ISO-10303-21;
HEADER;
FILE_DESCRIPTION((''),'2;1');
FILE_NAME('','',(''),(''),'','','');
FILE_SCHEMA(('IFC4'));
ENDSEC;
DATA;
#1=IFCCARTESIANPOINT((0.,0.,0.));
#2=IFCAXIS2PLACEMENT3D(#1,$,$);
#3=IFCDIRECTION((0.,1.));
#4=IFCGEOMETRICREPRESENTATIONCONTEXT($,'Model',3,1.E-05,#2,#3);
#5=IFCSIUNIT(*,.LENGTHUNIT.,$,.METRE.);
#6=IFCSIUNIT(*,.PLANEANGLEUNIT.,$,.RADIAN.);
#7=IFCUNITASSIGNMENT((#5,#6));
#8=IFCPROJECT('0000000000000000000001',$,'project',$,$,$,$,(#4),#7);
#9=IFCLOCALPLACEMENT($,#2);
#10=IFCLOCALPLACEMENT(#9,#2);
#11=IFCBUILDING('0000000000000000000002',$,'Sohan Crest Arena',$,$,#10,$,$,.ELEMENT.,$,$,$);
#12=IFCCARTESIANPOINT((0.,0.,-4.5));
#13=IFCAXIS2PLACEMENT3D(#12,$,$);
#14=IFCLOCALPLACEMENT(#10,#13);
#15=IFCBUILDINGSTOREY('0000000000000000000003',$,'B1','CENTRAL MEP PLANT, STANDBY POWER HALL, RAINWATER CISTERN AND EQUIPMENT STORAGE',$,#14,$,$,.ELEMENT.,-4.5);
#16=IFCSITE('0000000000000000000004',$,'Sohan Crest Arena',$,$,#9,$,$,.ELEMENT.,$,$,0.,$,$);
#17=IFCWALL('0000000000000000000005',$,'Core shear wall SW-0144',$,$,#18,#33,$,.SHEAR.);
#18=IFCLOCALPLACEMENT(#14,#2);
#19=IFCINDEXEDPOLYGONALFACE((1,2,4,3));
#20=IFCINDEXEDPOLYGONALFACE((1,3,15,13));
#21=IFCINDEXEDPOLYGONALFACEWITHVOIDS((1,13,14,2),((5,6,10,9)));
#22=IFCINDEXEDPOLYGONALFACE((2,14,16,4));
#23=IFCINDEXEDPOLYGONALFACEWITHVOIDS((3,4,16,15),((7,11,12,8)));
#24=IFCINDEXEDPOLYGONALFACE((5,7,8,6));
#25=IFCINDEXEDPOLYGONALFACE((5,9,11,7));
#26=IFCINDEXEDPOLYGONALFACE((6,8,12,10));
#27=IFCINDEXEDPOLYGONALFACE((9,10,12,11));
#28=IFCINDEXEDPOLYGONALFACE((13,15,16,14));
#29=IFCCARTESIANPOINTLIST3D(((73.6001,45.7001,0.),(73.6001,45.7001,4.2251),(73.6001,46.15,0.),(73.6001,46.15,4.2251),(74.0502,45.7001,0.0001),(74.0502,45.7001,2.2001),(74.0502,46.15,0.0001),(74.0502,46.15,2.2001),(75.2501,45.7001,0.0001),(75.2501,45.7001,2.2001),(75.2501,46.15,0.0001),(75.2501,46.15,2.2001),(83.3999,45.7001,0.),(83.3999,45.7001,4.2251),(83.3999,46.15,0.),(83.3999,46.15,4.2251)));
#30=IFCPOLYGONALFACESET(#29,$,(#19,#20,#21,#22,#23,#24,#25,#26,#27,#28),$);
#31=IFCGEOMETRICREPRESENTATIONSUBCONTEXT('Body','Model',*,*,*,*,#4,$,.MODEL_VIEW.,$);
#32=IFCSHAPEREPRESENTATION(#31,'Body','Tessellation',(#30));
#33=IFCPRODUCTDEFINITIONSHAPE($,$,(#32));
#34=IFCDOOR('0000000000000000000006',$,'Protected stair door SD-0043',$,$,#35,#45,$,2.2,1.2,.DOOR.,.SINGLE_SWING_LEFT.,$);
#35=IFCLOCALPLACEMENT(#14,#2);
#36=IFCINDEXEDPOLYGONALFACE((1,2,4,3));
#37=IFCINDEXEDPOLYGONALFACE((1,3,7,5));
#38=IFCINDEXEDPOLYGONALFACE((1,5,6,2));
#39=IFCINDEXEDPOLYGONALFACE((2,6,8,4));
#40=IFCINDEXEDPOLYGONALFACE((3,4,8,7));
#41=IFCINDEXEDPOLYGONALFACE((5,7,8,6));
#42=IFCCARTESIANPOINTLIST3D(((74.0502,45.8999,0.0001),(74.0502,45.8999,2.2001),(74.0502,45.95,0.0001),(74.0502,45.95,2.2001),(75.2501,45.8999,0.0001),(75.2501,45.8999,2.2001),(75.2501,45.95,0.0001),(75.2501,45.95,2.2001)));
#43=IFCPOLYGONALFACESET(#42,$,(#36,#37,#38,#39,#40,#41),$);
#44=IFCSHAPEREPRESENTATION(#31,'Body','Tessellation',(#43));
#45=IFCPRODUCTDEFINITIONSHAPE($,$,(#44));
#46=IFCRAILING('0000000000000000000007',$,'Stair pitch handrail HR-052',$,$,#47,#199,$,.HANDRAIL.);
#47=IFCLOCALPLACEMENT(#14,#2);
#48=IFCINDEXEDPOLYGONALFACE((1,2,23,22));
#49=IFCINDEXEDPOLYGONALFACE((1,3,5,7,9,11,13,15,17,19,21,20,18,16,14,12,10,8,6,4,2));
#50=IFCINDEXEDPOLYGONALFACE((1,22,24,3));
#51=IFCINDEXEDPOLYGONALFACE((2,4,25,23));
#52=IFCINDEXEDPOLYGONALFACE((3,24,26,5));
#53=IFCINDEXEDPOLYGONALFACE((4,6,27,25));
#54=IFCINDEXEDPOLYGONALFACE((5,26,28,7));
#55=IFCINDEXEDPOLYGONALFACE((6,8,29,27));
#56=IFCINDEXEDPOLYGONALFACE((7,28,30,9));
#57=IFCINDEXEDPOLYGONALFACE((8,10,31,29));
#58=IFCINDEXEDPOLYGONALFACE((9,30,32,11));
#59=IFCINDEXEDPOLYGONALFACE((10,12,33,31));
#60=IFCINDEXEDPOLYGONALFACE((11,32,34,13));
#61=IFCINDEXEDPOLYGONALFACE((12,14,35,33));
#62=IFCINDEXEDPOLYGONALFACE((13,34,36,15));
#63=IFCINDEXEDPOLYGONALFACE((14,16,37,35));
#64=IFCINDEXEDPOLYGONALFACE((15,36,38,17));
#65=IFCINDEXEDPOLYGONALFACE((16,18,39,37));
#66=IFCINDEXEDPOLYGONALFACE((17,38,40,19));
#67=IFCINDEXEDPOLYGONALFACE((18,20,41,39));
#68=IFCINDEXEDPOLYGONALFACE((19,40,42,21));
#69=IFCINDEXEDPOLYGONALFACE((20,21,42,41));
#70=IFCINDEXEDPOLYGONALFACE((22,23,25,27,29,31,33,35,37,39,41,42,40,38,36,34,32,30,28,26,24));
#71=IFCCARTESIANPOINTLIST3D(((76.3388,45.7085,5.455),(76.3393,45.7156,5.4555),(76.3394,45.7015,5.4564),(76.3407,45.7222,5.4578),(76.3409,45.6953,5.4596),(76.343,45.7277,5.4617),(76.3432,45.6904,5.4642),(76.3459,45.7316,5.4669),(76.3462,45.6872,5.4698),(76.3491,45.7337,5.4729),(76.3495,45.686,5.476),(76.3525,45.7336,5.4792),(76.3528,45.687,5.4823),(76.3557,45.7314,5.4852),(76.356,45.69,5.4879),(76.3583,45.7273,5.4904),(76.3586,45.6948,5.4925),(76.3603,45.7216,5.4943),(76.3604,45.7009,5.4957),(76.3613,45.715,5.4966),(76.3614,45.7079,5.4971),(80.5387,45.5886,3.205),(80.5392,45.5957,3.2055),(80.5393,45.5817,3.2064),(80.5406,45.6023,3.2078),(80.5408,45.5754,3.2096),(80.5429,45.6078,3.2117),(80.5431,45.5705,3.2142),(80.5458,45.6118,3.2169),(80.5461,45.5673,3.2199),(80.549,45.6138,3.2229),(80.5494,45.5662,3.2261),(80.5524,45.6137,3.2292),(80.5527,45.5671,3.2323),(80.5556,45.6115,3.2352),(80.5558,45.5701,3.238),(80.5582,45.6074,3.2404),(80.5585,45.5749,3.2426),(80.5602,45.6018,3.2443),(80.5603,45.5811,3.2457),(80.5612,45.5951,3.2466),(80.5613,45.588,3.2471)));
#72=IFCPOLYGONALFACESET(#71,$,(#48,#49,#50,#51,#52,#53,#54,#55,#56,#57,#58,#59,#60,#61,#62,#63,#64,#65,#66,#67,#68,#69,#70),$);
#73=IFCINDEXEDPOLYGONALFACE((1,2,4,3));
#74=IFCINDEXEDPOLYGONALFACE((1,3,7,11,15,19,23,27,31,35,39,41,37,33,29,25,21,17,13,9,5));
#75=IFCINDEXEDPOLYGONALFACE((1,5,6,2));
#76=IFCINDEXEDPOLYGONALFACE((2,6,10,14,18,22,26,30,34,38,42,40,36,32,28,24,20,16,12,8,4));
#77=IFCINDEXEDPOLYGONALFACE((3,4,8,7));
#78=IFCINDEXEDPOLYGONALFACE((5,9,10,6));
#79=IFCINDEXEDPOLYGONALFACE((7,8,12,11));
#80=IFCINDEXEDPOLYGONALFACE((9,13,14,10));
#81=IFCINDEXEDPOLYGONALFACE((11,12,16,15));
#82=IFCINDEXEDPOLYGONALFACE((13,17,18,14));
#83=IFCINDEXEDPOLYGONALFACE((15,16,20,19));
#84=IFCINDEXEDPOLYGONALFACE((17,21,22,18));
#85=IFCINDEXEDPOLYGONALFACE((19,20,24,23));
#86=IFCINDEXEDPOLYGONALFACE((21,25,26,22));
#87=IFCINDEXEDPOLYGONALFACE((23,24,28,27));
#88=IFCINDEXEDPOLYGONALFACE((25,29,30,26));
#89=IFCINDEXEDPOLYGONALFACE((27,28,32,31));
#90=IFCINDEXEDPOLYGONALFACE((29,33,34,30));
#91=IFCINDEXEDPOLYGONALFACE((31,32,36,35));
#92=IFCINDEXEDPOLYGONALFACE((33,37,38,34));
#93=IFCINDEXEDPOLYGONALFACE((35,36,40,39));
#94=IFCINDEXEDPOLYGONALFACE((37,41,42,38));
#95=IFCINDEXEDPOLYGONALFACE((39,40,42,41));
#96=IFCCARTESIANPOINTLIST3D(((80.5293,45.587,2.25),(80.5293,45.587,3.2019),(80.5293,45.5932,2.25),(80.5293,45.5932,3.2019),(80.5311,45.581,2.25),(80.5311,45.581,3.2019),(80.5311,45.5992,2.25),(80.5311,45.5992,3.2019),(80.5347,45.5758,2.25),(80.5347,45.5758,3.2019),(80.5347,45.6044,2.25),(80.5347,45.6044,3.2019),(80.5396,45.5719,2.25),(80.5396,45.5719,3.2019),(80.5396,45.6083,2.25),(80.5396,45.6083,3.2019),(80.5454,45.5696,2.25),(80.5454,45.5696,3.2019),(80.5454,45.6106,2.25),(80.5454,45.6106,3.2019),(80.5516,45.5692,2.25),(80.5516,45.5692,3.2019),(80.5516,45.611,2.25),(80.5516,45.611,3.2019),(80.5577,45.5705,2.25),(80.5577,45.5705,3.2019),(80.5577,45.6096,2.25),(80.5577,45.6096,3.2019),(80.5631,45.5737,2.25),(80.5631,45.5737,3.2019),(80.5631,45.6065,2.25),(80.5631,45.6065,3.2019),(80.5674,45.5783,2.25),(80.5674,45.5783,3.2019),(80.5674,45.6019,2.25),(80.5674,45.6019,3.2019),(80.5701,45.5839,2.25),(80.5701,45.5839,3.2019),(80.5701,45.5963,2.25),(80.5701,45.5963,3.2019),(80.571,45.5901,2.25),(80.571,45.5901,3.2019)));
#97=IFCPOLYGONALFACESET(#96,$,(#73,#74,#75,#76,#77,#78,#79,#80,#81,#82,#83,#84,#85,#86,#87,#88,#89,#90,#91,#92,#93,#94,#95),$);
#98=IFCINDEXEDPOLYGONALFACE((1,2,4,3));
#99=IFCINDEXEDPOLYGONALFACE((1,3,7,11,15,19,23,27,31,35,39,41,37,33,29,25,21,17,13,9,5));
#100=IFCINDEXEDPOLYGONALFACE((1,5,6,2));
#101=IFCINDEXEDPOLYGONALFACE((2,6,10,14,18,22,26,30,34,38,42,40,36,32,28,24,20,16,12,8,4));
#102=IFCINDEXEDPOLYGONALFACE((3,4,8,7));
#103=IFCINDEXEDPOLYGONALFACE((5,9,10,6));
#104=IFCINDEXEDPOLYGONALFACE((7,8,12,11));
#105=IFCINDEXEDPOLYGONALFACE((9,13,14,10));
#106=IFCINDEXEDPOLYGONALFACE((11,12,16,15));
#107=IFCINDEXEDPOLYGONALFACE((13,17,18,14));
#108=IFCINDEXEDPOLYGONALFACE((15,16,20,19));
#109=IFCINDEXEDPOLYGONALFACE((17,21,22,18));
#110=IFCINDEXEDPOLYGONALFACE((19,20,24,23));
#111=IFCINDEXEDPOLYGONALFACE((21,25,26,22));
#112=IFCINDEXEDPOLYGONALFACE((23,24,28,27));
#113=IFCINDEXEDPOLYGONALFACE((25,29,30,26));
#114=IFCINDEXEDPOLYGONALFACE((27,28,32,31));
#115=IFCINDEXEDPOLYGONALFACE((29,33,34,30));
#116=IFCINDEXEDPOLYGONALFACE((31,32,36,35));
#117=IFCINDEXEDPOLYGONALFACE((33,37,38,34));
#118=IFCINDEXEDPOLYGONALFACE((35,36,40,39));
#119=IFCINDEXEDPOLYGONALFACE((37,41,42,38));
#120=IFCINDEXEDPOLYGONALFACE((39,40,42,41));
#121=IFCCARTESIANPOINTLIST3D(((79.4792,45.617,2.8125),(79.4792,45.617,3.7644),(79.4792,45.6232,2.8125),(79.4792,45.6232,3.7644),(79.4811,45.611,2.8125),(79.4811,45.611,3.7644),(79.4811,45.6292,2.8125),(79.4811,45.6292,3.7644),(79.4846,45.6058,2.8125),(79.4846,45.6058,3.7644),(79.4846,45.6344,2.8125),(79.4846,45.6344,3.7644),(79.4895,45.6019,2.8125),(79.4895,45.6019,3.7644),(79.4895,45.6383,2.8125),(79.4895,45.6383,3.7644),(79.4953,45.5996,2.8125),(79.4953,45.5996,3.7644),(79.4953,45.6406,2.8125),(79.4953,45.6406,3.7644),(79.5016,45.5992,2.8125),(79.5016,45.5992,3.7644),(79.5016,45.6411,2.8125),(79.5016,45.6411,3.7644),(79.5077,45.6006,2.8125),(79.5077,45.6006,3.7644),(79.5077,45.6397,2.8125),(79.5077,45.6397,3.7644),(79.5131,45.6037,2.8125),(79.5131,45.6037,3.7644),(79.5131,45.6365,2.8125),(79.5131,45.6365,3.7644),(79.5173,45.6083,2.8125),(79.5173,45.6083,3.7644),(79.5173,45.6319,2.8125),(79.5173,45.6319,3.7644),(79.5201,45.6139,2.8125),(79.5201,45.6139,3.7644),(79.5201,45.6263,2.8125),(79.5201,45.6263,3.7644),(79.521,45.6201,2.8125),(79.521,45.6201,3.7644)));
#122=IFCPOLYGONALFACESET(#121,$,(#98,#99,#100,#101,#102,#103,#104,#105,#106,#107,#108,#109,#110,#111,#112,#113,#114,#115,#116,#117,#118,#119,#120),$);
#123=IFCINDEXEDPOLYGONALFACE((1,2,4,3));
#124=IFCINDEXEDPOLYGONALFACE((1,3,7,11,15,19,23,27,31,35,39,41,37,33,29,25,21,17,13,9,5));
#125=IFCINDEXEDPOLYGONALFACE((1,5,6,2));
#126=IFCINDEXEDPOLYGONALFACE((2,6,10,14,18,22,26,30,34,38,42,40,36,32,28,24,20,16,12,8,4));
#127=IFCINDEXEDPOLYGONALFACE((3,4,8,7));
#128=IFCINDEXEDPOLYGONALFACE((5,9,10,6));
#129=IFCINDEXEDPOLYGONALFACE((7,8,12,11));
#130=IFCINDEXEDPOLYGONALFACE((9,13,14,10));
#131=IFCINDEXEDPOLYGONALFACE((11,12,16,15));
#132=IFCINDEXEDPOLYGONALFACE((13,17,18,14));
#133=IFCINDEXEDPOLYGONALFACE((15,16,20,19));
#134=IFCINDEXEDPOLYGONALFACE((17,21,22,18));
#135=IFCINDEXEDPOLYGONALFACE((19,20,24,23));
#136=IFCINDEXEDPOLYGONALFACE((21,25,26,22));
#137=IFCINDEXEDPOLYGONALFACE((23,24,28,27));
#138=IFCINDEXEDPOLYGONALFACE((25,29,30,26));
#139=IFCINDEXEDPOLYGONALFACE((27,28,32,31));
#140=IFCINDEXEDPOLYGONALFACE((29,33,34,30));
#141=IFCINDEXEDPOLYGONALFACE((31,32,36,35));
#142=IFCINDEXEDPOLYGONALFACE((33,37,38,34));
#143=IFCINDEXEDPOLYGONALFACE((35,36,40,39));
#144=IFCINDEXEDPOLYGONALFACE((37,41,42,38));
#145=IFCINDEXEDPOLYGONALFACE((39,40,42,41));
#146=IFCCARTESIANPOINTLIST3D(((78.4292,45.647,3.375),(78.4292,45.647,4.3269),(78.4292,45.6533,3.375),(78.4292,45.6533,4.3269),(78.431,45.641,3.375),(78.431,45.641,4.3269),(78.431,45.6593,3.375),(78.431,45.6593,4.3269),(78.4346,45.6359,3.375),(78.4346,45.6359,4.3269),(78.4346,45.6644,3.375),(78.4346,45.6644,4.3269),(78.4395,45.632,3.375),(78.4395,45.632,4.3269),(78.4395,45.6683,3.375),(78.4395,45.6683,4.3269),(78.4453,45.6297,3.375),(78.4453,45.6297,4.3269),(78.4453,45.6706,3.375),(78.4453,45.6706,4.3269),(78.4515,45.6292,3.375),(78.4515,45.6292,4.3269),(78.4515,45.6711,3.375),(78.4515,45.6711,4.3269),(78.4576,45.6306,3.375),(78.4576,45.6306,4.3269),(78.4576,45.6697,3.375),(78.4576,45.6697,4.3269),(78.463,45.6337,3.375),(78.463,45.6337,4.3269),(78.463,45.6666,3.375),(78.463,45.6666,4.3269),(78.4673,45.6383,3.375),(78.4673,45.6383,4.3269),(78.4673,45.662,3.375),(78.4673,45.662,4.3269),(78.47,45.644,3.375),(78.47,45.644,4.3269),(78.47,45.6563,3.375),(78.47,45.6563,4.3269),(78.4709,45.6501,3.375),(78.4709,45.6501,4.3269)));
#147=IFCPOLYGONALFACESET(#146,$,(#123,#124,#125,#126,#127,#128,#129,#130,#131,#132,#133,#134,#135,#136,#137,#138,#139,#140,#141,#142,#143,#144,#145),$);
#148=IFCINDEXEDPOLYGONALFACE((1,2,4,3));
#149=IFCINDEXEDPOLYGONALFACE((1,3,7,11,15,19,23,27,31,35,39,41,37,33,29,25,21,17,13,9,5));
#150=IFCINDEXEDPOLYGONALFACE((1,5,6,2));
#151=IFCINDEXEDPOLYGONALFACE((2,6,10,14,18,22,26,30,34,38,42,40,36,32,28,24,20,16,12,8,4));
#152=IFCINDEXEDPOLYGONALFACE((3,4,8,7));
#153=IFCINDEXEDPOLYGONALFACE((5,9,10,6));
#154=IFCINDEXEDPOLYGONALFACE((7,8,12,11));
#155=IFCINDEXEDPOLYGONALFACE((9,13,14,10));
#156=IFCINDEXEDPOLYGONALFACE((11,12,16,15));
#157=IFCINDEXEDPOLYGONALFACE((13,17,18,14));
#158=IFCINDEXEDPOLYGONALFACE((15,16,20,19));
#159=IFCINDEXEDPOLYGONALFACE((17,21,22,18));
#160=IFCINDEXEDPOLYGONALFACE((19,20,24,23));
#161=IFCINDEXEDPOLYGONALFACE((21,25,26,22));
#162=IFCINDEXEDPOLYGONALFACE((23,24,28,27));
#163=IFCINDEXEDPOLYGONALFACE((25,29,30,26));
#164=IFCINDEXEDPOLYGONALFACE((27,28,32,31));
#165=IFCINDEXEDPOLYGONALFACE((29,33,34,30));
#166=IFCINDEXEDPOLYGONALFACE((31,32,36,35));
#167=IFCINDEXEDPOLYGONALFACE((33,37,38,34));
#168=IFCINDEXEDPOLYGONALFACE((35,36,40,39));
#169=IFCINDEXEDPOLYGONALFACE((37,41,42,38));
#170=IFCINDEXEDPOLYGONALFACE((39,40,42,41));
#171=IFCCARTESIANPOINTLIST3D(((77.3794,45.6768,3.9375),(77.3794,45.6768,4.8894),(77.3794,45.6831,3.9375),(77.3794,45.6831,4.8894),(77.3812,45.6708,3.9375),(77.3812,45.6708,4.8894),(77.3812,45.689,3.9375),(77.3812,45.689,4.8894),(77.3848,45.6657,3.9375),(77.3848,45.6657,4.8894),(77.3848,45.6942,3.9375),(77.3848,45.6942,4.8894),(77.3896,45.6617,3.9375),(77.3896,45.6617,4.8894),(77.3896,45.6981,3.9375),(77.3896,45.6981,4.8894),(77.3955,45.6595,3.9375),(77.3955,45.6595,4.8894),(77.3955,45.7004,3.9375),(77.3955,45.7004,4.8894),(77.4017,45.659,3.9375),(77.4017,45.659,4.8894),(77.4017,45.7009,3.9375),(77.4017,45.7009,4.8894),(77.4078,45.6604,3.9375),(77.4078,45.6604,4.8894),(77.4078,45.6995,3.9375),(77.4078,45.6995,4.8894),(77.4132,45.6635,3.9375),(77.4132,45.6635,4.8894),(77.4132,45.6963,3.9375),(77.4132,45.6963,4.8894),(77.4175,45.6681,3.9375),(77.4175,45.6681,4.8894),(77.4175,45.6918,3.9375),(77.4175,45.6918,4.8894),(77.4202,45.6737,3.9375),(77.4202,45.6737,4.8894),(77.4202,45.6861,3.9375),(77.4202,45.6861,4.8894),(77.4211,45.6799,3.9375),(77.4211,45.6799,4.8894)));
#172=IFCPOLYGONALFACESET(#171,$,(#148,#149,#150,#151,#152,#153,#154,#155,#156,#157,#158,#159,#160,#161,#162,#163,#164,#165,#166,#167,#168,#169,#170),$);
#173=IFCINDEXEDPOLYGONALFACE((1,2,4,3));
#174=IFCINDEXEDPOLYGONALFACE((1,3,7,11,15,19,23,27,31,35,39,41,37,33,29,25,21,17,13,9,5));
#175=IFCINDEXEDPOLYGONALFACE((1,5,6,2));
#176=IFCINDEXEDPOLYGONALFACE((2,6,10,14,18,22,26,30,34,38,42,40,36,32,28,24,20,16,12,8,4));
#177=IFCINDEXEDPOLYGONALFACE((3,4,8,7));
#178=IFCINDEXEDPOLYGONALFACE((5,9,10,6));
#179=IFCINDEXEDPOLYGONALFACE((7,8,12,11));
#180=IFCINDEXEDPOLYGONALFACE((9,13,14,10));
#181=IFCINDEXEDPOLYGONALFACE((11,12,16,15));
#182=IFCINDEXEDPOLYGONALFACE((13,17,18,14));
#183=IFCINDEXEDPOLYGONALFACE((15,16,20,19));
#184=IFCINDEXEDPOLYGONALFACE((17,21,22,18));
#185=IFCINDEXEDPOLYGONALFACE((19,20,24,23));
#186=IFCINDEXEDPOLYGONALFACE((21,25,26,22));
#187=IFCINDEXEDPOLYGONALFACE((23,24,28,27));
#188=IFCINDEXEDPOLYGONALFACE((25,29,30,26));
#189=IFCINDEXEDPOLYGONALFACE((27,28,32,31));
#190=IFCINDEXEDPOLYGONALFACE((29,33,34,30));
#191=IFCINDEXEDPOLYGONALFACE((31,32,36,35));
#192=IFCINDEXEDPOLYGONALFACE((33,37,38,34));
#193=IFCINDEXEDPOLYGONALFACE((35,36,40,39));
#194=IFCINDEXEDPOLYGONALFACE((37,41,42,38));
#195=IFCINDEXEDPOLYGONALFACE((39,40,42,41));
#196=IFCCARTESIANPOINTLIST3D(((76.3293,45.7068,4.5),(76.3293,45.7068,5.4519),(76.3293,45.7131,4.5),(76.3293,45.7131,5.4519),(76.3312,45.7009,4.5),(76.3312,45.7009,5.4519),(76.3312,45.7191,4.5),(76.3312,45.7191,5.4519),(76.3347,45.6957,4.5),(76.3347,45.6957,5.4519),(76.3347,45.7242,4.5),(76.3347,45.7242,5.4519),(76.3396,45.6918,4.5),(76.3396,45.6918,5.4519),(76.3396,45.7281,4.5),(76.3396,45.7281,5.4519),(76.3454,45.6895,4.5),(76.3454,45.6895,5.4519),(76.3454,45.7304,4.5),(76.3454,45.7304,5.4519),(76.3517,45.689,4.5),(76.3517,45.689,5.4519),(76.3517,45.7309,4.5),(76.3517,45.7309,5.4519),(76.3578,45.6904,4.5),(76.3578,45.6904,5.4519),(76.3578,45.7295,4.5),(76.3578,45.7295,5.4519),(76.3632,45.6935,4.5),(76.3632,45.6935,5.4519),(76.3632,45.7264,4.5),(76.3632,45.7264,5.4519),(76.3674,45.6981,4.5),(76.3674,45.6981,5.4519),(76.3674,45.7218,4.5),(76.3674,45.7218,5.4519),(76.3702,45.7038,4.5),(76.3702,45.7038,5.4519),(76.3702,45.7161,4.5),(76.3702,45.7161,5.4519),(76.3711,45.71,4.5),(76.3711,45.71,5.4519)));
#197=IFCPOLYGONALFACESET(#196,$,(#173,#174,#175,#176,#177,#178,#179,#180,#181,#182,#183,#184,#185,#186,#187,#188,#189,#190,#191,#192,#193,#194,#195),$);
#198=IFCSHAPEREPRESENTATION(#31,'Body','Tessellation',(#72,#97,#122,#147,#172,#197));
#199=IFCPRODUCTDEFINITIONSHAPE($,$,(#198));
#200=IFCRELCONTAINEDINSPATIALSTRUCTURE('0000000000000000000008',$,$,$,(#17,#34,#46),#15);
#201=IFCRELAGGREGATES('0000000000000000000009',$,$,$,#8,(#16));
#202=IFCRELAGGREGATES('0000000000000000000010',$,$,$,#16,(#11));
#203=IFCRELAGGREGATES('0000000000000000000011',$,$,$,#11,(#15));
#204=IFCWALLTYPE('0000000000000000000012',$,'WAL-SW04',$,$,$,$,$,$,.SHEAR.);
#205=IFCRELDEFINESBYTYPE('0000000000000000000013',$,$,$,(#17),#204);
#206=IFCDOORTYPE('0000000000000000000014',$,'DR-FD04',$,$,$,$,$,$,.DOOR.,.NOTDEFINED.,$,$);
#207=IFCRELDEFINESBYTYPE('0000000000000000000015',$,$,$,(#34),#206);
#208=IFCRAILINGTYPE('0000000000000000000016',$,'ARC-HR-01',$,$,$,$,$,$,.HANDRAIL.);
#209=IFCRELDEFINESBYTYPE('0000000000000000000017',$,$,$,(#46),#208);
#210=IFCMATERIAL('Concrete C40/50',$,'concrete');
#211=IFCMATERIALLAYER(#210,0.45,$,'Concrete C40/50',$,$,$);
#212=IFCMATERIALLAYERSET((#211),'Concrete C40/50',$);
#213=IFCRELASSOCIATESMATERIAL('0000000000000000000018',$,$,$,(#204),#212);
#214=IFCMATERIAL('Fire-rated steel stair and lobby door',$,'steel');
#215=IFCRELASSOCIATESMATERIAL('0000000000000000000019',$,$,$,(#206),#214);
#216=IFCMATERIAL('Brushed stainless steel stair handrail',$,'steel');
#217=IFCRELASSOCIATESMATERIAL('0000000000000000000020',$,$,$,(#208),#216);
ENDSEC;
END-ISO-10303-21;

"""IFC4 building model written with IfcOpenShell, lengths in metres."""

from ifc_helpers import new_model, si_unit, direction, frame, frame_2d, origin, origin_2d, place, context, subcontext, project, spatial, rectangle, circle, extrude, material, layer, layer_set, type_object, element, fill, save


model = new_model("IFC4")

# Units and contexts
model_context = context("Model", 3, precision=1e-05, world=origin(), true_north=direction((0.0, 1.0)))
body_context = subcontext(model_context, "Body", "Model", "MODEL_VIEW")
ifc_project = project(units=[si_unit("LENGTHUNIT", "METRE"), si_unit("PLANEANGLEUNIT", "RADIAN")], contexts=[model_context])

# Site, building, storey
site_placement = place(None, origin())
site = spatial("IfcSite", under=ifc_project, at=site_placement, Name="Sohan Crest Arena", CompositionType="ELEMENT", RefElevation=0.0)
building_placement = place(site_placement, origin())
building = spatial("IfcBuilding", under=site, at=building_placement, Name="Sohan Crest Arena", CompositionType="ELEMENT")
storey_placement = place(building_placement, frame((0.0, 0.0, -4.5)))
storey = spatial("IfcBuildingStorey", under=building, at=storey_placement, Name="B1", Description="CENTRAL MEP PLANT, STANDBY POWER HALL, RAINWATER CISTERN AND EQUIPMENT STORAGE", CompositionType="ELEMENT", Elevation=-4.5)

# Shared definitions
ifc_material_1 = material(Name="Concrete C40/50", Category="concrete")

# Wall, opening, door
ifc_layer_1 = layer(ifc_material_1, 0.45, Name="Concrete C40/50")
ifc_layer_set_1 = layer_set([ifc_layer_1], Name="Concrete C40/50")
wall_type_1 = type_object("IfcWallType", Name="WAL-SW04", PredefinedType="SHEAR", material=ifc_layer_set_1)
wall_1_placement = place(storey_placement, frame((73.6001, 45.925, 0.0), z_axis=(0.0, 0.0, 1.0), x_axis=(1.0, 0.0, 0.0)))
wall_1 = element("IfcWall", 1, at=wall_1_placement, inside=storey, type_object=wall_type_1, Name="Core shear wall SW-0144", PredefinedType="SHEAR", context=body_context, shape_type="SweptSolid", body=[
    extrude(rectangle(XDim=9.7998, YDim=0.45, at=frame_2d((4.8999, 0.0))), origin(), (0.0, 0.0, 1.0), 4.2251),
])
opening_1_placement = place(wall_1_placement, frame((0.45, 0.0, 0.0)))
opening_1 = element("IfcOpeningElement", 2, at=opening_1_placement, cuts=wall_1, PredefinedType="OPENING", context=body_context, shape_type="SweptSolid", body=[
    extrude(rectangle(XDim=1.2, YDim=2.2, at=frame_2d((0.6001, 1.1001))), frame((0.0, 0.2349, 0.0), z_axis=(0.0, -1.0, 0.0), x_axis=(1.0, 0.0, 0.0)), (0.0, 0.0, 1.0), 0.47),
])
ifc_material_2 = material(Name="Fire-rated steel stair and lobby door", Category="steel")
door_type_1 = type_object("IfcDoorType", Name="DR-FD04", OperationType="NOTDEFINED", PredefinedType="DOOR", material=ifc_material_2)
door_1_placement = place(opening_1_placement, origin())
door_1 = element("IfcDoor", 3, at=door_1_placement, inside=storey, type_object=door_type_1, Name="Protected stair door SD-0043", OperationType="SINGLE_SWING_LEFT", OverallHeight=2.2, OverallWidth=1.2, PredefinedType="DOOR", context=body_context, shape_type="SweptSolid", body=[
    extrude(rectangle(XDim=1.2, YDim=2.2, at=frame_2d((0.6001, 1.1001))), frame((0.0, 0.0249, 0.0), z_axis=(0.0, -1.0, 0.0), x_axis=(1.0, 0.0, 0.0)), (0.0, 0.0, 1.0), 0.05),
])
fill(opening_1, door_1)

# Railing
ifc_material_3 = material(Name="Brushed stainless steel stair handrail", Category="steel")
railing_type = type_object("IfcRailingType", Name="ARC-HR-01", PredefinedType="HANDRAIL", material=ifc_material_3)
railing_placement = place(storey_placement, frame((80.55, 45.5901, 2.25)))
element("IfcRailing", 4, at=railing_placement, inside=storey, type_object=railing_type, Name="Stair pitch handrail HR-052", PredefinedType="HANDRAIL", context=body_context, shape_type="SweptSolid", body=[
    extrude(circle(Radius=0.0239, at=origin_2d()), frame((0.0, 0.0, 0.9761), z_axis=(-0.881199, 0.025151, 0.472076), x_axis=(-0.02853, -0.999593, 0.0)), (0.0, 0.0, 1.0), 4.7661),
    extrude(circle(Radius=0.021, at=origin_2d()), origin(), (0.0, 0.0, 1.0), 0.9519),
    extrude(circle(Radius=0.021, at=origin_2d()), frame((-1.05, 0.03, 0.5625)), (0.0, 0.0, 1.0), 0.9519),
    extrude(circle(Radius=0.021, at=origin_2d()), frame((-2.1001, 0.0601, 1.125)), (0.0, 0.0, 1.0), 0.9519),
    extrude(circle(Radius=0.021, at=origin_2d()), frame((-3.1499, 0.0898, 1.6875)), (0.0, 0.0, 1.0), 0.9519),
    extrude(circle(Radius=0.021, at=origin_2d()), frame((-4.2, 0.1199, 2.25)), (0.0, 0.0, 1.0), 0.9519),
])

save(model, "model.ifc")
